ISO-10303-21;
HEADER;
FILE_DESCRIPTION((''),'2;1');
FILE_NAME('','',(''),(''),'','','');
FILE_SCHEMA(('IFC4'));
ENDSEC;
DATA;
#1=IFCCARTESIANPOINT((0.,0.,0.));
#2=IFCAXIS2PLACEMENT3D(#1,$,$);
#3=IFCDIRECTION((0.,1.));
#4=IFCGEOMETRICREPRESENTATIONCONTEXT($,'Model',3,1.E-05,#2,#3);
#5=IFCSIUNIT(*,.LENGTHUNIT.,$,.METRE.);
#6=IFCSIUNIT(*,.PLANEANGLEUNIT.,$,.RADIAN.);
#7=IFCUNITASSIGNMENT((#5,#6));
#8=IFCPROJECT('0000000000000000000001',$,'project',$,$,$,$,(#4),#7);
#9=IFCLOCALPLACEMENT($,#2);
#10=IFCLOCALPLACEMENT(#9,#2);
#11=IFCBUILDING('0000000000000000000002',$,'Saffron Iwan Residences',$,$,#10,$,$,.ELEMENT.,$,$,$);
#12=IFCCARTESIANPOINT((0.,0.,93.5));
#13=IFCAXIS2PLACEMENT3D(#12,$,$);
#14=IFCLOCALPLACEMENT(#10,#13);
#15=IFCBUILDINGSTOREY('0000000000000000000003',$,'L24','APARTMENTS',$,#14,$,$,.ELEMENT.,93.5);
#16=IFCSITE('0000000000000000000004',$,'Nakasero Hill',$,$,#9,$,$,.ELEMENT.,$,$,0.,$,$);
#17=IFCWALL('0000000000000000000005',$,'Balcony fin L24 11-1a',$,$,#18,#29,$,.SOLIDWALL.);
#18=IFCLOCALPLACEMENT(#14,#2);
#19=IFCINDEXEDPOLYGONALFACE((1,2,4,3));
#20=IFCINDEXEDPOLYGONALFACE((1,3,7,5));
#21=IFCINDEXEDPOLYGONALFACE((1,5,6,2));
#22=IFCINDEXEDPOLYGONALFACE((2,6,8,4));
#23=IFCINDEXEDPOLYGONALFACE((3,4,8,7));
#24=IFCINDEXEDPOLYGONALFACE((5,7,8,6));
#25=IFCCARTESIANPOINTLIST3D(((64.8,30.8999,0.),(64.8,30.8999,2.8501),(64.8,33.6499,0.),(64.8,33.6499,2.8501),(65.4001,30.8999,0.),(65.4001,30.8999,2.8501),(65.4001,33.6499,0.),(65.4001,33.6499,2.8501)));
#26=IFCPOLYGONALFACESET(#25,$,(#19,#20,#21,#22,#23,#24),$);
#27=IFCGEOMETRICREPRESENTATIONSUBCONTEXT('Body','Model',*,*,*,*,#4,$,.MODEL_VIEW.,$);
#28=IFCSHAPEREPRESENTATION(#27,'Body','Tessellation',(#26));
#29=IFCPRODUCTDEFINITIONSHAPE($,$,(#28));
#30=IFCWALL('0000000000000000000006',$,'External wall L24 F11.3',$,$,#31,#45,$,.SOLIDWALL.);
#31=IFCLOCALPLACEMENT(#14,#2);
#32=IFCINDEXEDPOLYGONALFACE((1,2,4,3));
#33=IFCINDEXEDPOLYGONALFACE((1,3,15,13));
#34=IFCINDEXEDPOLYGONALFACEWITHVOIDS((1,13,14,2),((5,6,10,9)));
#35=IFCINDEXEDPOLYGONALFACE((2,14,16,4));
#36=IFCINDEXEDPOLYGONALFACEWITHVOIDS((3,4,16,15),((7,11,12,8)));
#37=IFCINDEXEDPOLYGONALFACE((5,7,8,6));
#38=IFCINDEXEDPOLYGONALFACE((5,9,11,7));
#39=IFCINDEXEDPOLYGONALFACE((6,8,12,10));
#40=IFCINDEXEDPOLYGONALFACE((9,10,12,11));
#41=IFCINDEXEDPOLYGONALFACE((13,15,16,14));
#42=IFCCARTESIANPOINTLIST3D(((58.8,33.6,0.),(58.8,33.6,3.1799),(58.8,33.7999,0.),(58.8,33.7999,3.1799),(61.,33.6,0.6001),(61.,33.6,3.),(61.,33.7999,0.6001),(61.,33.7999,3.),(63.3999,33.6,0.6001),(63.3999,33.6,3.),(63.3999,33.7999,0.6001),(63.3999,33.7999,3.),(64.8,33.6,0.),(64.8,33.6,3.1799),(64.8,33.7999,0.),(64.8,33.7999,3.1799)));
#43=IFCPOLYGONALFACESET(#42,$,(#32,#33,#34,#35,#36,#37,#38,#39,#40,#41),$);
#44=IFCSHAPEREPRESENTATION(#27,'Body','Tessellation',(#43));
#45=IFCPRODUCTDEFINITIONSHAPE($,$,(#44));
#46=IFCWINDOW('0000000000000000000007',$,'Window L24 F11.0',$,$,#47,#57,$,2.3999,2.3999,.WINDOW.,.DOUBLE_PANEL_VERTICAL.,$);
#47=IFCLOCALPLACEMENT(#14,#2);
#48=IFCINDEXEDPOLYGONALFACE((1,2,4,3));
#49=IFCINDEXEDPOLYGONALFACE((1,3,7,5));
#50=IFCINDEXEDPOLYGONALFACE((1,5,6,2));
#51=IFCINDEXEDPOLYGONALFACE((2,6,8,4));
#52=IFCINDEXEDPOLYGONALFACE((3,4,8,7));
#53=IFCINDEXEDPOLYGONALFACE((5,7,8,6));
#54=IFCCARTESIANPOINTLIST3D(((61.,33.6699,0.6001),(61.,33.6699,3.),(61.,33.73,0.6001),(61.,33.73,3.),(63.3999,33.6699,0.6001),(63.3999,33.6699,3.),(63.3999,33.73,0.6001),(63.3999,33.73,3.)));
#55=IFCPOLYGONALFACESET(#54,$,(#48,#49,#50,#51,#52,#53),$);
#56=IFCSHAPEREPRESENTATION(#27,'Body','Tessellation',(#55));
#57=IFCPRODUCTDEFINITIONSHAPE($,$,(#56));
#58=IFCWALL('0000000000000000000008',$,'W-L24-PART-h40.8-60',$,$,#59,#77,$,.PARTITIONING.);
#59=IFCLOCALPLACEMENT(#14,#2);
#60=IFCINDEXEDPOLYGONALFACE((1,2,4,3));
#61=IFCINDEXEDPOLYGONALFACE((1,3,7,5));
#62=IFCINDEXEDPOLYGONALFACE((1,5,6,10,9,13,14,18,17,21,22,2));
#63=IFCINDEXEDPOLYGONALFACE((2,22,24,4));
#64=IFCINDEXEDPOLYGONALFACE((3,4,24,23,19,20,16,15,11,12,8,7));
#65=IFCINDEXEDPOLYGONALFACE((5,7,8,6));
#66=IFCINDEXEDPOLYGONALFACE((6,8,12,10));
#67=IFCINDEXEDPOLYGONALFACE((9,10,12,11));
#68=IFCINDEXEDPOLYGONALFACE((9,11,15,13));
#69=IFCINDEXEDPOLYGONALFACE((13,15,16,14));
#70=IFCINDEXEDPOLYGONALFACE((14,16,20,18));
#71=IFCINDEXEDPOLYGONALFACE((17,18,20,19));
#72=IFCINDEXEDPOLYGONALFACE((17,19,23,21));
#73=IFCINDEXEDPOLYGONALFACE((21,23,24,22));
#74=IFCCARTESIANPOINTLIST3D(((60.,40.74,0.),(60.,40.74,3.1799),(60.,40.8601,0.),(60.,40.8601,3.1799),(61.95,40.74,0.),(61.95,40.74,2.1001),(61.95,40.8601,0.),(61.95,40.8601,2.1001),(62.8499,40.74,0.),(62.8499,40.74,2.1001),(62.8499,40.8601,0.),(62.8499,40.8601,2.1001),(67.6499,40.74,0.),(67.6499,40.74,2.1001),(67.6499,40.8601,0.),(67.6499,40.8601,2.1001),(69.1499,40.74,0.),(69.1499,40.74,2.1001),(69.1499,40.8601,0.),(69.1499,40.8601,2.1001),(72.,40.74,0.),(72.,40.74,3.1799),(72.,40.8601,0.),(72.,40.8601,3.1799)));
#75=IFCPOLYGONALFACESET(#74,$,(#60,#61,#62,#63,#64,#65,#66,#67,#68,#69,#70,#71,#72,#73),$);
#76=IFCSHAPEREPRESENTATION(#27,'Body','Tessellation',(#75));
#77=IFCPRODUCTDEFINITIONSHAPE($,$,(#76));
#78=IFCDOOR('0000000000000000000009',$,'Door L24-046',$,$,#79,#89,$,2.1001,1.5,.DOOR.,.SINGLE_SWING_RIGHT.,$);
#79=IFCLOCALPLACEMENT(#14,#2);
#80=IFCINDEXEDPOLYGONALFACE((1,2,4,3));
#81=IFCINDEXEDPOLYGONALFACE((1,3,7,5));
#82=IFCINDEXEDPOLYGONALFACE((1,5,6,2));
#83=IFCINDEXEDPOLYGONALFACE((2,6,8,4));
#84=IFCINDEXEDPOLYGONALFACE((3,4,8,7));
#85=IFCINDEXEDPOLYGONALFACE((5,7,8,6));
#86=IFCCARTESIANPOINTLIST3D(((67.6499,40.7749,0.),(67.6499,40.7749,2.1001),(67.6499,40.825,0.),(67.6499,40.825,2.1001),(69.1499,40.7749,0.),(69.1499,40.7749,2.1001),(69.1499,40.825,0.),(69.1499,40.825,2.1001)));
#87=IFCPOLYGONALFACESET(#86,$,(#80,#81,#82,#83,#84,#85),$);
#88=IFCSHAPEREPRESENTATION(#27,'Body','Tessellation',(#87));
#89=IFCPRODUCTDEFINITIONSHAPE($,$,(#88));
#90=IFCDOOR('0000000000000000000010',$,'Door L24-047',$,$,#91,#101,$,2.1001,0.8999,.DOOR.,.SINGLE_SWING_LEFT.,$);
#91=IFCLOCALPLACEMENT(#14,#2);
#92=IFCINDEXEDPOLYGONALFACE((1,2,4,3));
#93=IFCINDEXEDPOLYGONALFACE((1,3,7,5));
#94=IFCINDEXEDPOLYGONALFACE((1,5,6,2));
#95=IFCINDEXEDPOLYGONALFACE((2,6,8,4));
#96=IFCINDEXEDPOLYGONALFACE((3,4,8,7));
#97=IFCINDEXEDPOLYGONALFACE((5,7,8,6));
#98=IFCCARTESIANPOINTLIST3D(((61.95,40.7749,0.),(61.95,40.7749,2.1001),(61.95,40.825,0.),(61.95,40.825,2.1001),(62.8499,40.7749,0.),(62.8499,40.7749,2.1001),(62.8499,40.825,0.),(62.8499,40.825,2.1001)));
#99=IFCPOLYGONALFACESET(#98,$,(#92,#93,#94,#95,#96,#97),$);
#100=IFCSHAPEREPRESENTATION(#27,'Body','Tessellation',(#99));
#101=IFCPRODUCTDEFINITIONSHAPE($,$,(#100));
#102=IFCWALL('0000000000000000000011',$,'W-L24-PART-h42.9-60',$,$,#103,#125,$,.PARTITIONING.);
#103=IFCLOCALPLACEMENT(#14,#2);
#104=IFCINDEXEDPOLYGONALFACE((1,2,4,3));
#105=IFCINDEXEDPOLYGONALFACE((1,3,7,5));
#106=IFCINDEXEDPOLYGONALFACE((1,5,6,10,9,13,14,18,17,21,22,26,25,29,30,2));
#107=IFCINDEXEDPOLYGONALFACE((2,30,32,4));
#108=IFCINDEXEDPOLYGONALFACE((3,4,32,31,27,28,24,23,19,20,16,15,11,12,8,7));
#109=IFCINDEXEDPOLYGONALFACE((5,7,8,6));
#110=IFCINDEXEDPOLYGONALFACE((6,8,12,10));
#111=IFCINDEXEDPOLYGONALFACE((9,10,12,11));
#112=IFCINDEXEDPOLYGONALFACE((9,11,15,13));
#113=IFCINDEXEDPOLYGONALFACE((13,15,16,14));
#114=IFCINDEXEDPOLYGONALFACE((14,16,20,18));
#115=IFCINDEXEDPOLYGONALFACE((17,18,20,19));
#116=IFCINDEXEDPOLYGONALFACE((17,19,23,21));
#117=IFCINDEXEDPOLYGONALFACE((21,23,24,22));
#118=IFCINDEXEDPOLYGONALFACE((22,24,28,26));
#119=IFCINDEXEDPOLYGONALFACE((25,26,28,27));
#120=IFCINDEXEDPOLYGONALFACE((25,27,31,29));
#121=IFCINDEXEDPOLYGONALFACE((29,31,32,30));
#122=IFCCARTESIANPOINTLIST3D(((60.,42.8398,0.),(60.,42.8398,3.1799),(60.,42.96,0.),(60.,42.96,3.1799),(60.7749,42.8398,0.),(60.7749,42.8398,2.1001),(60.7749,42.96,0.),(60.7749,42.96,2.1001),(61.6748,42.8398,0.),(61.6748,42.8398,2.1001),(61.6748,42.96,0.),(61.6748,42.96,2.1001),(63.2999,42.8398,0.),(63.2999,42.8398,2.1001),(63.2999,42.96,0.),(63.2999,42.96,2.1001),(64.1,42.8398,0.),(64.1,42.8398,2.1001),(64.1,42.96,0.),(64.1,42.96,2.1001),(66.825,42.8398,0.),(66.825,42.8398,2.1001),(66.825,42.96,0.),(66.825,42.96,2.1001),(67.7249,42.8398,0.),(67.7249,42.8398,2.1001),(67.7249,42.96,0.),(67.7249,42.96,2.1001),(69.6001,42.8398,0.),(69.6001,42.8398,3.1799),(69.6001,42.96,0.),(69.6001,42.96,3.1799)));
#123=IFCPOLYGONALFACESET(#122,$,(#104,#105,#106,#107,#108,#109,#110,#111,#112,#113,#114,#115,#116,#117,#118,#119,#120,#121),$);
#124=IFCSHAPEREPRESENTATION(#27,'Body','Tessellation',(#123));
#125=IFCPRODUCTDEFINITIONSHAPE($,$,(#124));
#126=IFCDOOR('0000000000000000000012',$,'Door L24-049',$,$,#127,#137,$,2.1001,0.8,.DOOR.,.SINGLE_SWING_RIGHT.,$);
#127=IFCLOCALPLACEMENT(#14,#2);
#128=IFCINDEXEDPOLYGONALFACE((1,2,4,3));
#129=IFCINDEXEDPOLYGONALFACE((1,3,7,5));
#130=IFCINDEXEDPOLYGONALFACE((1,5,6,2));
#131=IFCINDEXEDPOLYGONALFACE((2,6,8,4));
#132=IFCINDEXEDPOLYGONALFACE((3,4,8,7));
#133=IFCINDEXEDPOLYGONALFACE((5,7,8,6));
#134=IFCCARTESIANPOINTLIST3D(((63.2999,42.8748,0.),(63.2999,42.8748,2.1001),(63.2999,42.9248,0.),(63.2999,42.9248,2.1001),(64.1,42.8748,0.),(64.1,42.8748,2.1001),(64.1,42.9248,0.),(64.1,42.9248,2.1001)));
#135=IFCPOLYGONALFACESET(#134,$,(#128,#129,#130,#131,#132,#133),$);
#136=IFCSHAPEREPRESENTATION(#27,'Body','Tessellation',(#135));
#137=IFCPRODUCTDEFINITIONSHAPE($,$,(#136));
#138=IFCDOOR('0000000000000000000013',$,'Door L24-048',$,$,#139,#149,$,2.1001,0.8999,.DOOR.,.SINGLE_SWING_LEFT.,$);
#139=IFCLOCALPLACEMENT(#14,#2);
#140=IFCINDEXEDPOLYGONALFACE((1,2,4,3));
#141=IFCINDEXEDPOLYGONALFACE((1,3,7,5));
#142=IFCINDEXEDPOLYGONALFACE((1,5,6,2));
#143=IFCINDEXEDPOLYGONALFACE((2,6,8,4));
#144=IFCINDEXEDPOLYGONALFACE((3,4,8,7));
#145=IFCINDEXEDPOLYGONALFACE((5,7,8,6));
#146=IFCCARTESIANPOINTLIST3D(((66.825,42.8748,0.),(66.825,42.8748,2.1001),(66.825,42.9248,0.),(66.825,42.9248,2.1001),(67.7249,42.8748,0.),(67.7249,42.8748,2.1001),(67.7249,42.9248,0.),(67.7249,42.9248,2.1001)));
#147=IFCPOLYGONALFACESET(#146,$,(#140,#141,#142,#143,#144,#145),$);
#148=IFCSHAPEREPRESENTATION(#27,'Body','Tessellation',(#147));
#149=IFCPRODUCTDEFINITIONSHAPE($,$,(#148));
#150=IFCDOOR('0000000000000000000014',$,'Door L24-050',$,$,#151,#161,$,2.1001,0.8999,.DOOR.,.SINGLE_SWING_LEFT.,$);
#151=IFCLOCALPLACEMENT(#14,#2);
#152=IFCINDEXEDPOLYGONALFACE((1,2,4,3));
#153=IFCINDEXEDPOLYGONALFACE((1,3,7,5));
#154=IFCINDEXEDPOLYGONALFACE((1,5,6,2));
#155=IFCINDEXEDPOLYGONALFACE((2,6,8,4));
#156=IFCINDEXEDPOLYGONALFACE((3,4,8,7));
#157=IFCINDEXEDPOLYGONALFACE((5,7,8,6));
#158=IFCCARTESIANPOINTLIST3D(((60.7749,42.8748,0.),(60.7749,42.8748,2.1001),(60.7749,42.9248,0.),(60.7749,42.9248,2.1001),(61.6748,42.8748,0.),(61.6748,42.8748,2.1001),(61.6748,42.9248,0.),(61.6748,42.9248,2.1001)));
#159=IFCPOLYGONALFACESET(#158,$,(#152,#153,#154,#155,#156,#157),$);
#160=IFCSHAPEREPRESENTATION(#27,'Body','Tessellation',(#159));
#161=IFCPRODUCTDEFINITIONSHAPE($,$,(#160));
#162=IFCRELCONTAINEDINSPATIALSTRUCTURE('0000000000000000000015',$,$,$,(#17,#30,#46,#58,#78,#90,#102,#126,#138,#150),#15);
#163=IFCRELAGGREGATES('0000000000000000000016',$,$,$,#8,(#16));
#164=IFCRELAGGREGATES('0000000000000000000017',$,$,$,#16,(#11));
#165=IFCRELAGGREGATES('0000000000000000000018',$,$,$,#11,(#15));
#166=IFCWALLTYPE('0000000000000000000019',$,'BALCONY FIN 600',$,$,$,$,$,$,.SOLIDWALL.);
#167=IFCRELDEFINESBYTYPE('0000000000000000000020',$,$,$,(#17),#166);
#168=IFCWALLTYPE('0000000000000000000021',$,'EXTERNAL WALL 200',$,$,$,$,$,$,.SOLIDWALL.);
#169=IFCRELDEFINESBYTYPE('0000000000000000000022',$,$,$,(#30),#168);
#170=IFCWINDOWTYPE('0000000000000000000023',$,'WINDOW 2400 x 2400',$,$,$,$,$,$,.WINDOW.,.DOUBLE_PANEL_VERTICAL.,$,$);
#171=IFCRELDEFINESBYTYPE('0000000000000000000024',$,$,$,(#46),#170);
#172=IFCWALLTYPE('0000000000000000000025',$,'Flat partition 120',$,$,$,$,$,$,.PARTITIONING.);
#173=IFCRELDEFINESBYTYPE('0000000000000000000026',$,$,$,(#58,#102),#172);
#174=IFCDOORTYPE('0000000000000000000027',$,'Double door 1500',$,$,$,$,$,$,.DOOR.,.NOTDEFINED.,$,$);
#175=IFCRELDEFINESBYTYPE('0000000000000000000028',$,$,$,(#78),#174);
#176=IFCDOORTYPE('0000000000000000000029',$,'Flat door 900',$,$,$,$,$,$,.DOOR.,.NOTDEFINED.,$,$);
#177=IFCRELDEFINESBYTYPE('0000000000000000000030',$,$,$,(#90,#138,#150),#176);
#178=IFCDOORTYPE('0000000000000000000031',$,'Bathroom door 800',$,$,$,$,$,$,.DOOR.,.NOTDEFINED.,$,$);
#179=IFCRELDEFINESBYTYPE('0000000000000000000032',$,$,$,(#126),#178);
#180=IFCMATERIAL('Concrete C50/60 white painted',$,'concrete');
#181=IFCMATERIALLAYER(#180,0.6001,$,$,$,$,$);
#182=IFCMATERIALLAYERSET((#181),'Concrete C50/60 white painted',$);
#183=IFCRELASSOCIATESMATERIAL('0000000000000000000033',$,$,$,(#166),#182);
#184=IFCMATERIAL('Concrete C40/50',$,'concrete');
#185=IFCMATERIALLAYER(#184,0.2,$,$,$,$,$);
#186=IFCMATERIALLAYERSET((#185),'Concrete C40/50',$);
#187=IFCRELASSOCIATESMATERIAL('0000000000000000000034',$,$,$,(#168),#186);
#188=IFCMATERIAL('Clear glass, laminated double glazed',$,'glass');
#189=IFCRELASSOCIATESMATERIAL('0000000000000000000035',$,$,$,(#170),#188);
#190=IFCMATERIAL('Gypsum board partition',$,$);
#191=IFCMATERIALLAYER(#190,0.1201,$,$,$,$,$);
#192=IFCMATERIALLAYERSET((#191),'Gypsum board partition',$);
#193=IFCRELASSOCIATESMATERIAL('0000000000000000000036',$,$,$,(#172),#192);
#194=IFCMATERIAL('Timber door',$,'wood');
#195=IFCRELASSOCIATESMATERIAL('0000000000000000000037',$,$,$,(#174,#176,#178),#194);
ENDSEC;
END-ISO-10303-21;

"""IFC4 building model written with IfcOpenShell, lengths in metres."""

from ifc_helpers import new_model, si_unit, direction, frame, frame_2d, origin, place, context, subcontext, project, spatial, rectangle, extrude, material, layer, layer_set, type_object, element, fill, save


model = new_model("IFC4")

# Units and contexts
model_context = context("Model", 3, precision=1e-05, world=origin(), true_north=direction((0.0, 1.0)))
body_context = subcontext(model_context, "Body", "Model", "MODEL_VIEW")
ifc_project = project(units=[si_unit("LENGTHUNIT", "METRE"), si_unit("PLANEANGLEUNIT", "RADIAN")], contexts=[model_context])

# Site, building, storey
site_placement = place(None, origin())
site = spatial("IfcSite", under=ifc_project, at=site_placement, Name="Nakasero Hill", CompositionType="ELEMENT", RefElevation=0.0)
building_placement = place(site_placement, origin())
building = spatial("IfcBuilding", under=site, at=building_placement, Name="Saffron Iwan Residences", CompositionType="ELEMENT")
storey_placement = place(building_placement, frame((0.0, 0.0, 93.5)))
storey = spatial("IfcBuildingStorey", under=building, at=storey_placement, Name="L24", Description="APARTMENTS", CompositionType="ELEMENT", Elevation=93.5)

# Wall
ifc_material_1 = material(Name="Concrete C50/60 white painted", Category="concrete")
ifc_layer_1 = layer(ifc_material_1, 0.6001)
ifc_layer_set_1 = layer_set([ifc_layer_1], Name="Concrete C50/60 white painted")
wall_type_1 = type_object("IfcWallType", Name="BALCONY FIN 600", PredefinedType="SOLIDWALL", material=ifc_layer_set_1)
wall_1_placement = place(storey_placement, frame((65.1001, 33.6499, 0.0), z_axis=(0.0, 0.0, 1.0), x_axis=(0.0, -1.0, 0.0)))
element("IfcWall", 1, at=wall_1_placement, inside=storey, type_object=wall_type_1, Name="Balcony fin L24 11-1a", PredefinedType="SOLIDWALL", context=body_context, shape_type="SweptSolid", body=[
    extrude(rectangle(XDim=2.75, YDim=0.6001, at=frame_2d((1.375, 0.0))), origin(), (0.0, 0.0, 1.0), 2.8501),
])

# Wall, opening, window
ifc_material_2 = material(Name="Concrete C40/50", Category="concrete")
ifc_layer_2 = layer(ifc_material_2, 0.2)
ifc_layer_set_2 = layer_set([ifc_layer_2], Name="Concrete C40/50")
wall_type_2 = type_object("IfcWallType", Name="EXTERNAL WALL 200", PredefinedType="SOLIDWALL", material=ifc_layer_set_2)
wall_2_placement = place(storey_placement, frame((58.8, 33.7, 0.0), z_axis=(0.0, 0.0, 1.0), x_axis=(1.0, 0.0, 0.0)))
wall_2 = element("IfcWall", 2, at=wall_2_placement, inside=storey, type_object=wall_type_2, Name="External wall L24 F11.3", PredefinedType="SOLIDWALL", context=body_context, shape_type="SweptSolid", body=[
    extrude(rectangle(XDim=6.0, YDim=0.2, at=frame_2d((3.0, 0.0))), origin(), (0.0, 0.0, 1.0), 3.1799),
])
opening_1_placement = place(wall_2_placement, frame((2.2, 0.0, 0.6001)))
opening_1 = element("IfcOpeningElement", 3, at=opening_1_placement, cuts=wall_2, PredefinedType="OPENING", context=body_context, shape_type="SweptSolid", body=[
    extrude(rectangle(XDim=2.3999, YDim=2.3999, at=frame_2d((1.2, 1.2))), frame((0.0, 0.1099, 0.0), z_axis=(0.0, -1.0, 0.0), x_axis=(1.0, 0.0, 0.0)), (0.0, 0.0, 1.0), 0.22),
])
ifc_material_3 = material(Name="Clear glass, laminated double glazed", Category="glass")
window_type = type_object("IfcWindowType", Name="WINDOW 2400 x 2400", PartitioningType="DOUBLE_PANEL_VERTICAL", PredefinedType="WINDOW", material=ifc_material_3)
window_placement = place(opening_1_placement, origin())
window = element("IfcWindow", 4, at=window_placement, inside=storey, type_object=window_type, Name="Window L24 F11.0", OverallHeight=2.3999, OverallWidth=2.3999, PartitioningType="DOUBLE_PANEL_VERTICAL", PredefinedType="WINDOW", context=body_context, shape_type="SweptSolid", body=[
    extrude(rectangle(XDim=2.3999, YDim=2.3999, at=frame_2d((1.2, 1.2))), frame((0.0, 0.03, 0.0), z_axis=(0.0, -1.0, 0.0), x_axis=(1.0, 0.0, 0.0)), (0.0, 0.0, 1.0), 0.0601),
])
fill(opening_1, window)

# Walls, openings, doors
ifc_material_4 = material(Name="Gypsum board partition")
ifc_layer_3 = layer(ifc_material_4, 0.1201)
ifc_layer_set_3 = layer_set([ifc_layer_3], Name="Gypsum board partition")
wall_type_3 = type_object("IfcWallType", Name="Flat partition 120", PredefinedType="PARTITIONING", material=ifc_layer_set_3)
wall_3_placement = place(storey_placement, frame((60.0, 40.8, 0.0), z_axis=(0.0, 0.0, 1.0), x_axis=(1.0, 0.0, 0.0)))
wall_3 = element("IfcWall", 5, at=wall_3_placement, inside=storey, type_object=wall_type_3, Name="W-L24-PART-h40.8-60", PredefinedType="PARTITIONING", context=body_context, shape_type="SweptSolid", body=[
    extrude(rectangle(XDim=12.0, YDim=0.1201, at=frame_2d((6.0, 0.0))), origin(), (0.0, 0.0, 1.0), 3.1799),
])
opening_2_placement = place(wall_3_placement, frame((7.6499, 0.0, 0.0)))
opening_2 = element("IfcOpeningElement", 6, at=opening_2_placement, cuts=wall_3, PredefinedType="OPENING", context=body_context, shape_type="SweptSolid", body=[
    extrude(rectangle(XDim=1.5, YDim=2.1001, at=frame_2d((0.75, 1.05))), frame((0.0, 0.0701, 0.0), z_axis=(0.0, -1.0, 0.0), x_axis=(1.0, 0.0, 0.0)), (0.0, 0.0, 1.0), 0.1401),
])
opening_3_placement = place(wall_3_placement, frame((1.95, 0.0, 0.0)))
opening_3 = element("IfcOpeningElement", 7, at=opening_3_placement, cuts=wall_3, PredefinedType="OPENING", context=body_context, shape_type="SweptSolid", body=[
    extrude(rectangle(XDim=0.8999, YDim=2.1001, at=frame_2d((0.45, 1.05))), frame((0.0, 0.0701, 0.0), z_axis=(0.0, -1.0, 0.0), x_axis=(1.0, 0.0, 0.0)), (0.0, 0.0, 1.0), 0.1401),
])
ifc_material_5 = material(Name="Timber door", Category="wood")
door_type_1 = type_object("IfcDoorType", Name="Double door 1500", OperationType="NOTDEFINED", PredefinedType="DOOR", material=ifc_material_5)
door_1_placement = place(opening_2_placement, origin())
door_1 = element("IfcDoor", 8, at=door_1_placement, inside=storey, type_object=door_type_1, Name="Door L24-046", OperationType="SINGLE_SWING_RIGHT", OverallHeight=2.1001, OverallWidth=1.5, PredefinedType="DOOR", context=body_context, shape_type="SweptSolid", body=[
    extrude(rectangle(XDim=1.5, YDim=2.1001, at=frame_2d((0.75, 1.05))), frame((0.0, 0.0249, 0.0), z_axis=(0.0, -1.0, 0.0), x_axis=(1.0, 0.0, 0.0)), (0.0, 0.0, 1.0), 0.05),
])
fill(opening_2, door_1)
door_type_2 = type_object("IfcDoorType", Name="Flat door 900", OperationType="NOTDEFINED", PredefinedType="DOOR", material=ifc_material_5)
door_2_placement = place(opening_3_placement, origin())
door_2 = element("IfcDoor", 9, at=door_2_placement, inside=storey, type_object=door_type_2, Name="Door L24-047", OperationType="SINGLE_SWING_LEFT", OverallHeight=2.1001, OverallWidth=0.8999, PredefinedType="DOOR", context=body_context, shape_type="SweptSolid", body=[
    extrude(rectangle(XDim=0.8999, YDim=2.1001, at=frame_2d((0.45, 1.05))), frame((0.0, 0.0249, 0.0), z_axis=(0.0, -1.0, 0.0), x_axis=(1.0, 0.0, 0.0)), (0.0, 0.0, 1.0), 0.05),
])
fill(opening_3, door_2)
wall_4_placement = place(storey_placement, frame((60.0, 42.8999, 0.0), z_axis=(0.0, 0.0, 1.0), x_axis=(1.0, 0.0, 0.0)))
wall_4 = element("IfcWall", 10, at=wall_4_placement, inside=storey, type_object=wall_type_3, Name="W-L24-PART-h42.9-60", PredefinedType="PARTITIONING", context=body_context, shape_type="SweptSolid", body=[
    extrude(rectangle(XDim=9.6001, YDim=0.1201, at=frame_2d((4.8, 0.0))), origin(), (0.0, 0.0, 1.0), 3.1799),
])
opening_4_placement = place(wall_4_placement, frame((6.825, 0.0, 0.0)))
opening_4 = element("IfcOpeningElement", 11, at=opening_4_placement, cuts=wall_4, PredefinedType="OPENING", context=body_context, shape_type="SweptSolid", body=[
    extrude(rectangle(XDim=0.8999, YDim=2.1001, at=frame_2d((0.45, 1.05))), frame((0.0, 0.0701, 0.0), z_axis=(0.0, -1.0, 0.0), x_axis=(1.0, 0.0, 0.0)), (0.0, 0.0, 1.0), 0.1401),
])
opening_5_placement = place(wall_4_placement, frame((3.3, 0.0, 0.0)))
opening_5 = element("IfcOpeningElement", 12, at=opening_5_placement, cuts=wall_4, PredefinedType="OPENING", context=body_context, shape_type="SweptSolid", body=[
    extrude(rectangle(XDim=0.8, YDim=2.1001, at=frame_2d((0.3999, 1.05))), frame((0.0, 0.0701, 0.0), z_axis=(0.0, -1.0, 0.0), x_axis=(1.0, 0.0, 0.0)), (0.0, 0.0, 1.0), 0.1401),
])
opening_6_placement = place(wall_4_placement, frame((0.7749, 0.0, 0.0)))
opening_6 = element("IfcOpeningElement", 13, at=opening_6_placement, cuts=wall_4, PredefinedType="OPENING", context=body_context, shape_type="SweptSolid", body=[
    extrude(rectangle(XDim=0.8999, YDim=2.1001, at=frame_2d((0.45, 1.05))), frame((0.0, 0.0701, 0.0), z_axis=(0.0, -1.0, 0.0), x_axis=(1.0, 0.0, 0.0)), (0.0, 0.0, 1.0), 0.1401),
])
door_type_3 = type_object("IfcDoorType", Name="Bathroom door 800", OperationType="NOTDEFINED", PredefinedType="DOOR", material=ifc_material_5)
door_3_placement = place(opening_5_placement, origin())
door_3 = element("IfcDoor", 14, at=door_3_placement, inside=storey, type_object=door_type_3, Name="Door L24-049", OperationType="SINGLE_SWING_RIGHT", OverallHeight=2.1001, OverallWidth=0.8, PredefinedType="DOOR", context=body_context, shape_type="SweptSolid", body=[
    extrude(rectangle(XDim=0.8, YDim=2.1001, at=frame_2d((0.3999, 1.05))), frame((0.0, 0.0249, 0.0), z_axis=(0.0, -1.0, 0.0), x_axis=(1.0, 0.0, 0.0)), (0.0, 0.0, 1.0), 0.05),
])
fill(opening_5, door_3)
door_4_placement = place(opening_4_placement, origin())
door_4 = element("IfcDoor", 15, at=door_4_placement, inside=storey, type_object=door_type_2, Name="Door L24-048", OperationType="SINGLE_SWING_LEFT", OverallHeight=2.1001, OverallWidth=0.8999, PredefinedType="DOOR", context=body_context, shape_type="SweptSolid", body=[
    extrude(rectangle(XDim=0.8999, YDim=2.1001, at=frame_2d((0.45, 1.05))), frame((0.0, 0.0249, 0.0), z_axis=(0.0, -1.0, 0.0), x_axis=(1.0, 0.0, 0.0)), (0.0, 0.0, 1.0), 0.05),
])
fill(opening_4, door_4)
door_5_placement = place(opening_6_placement, origin())
door_5 = element("IfcDoor", 16, at=door_5_placement, inside=storey, type_object=door_type_2, Name="Door L24-050", OperationType="SINGLE_SWING_LEFT", OverallHeight=2.1001, OverallWidth=0.8999, PredefinedType="DOOR", context=body_context, shape_type="SweptSolid", body=[
    extrude(rectangle(XDim=0.8999, YDim=2.1001, at=frame_2d((0.45, 1.05))), frame((0.0, 0.0249, 0.0), z_axis=(0.0, -1.0, 0.0), x_axis=(1.0, 0.0, 0.0)), (0.0, 0.0, 1.0), 0.05),
])
fill(opening_6, door_5)

save(model, "model.ifc")
